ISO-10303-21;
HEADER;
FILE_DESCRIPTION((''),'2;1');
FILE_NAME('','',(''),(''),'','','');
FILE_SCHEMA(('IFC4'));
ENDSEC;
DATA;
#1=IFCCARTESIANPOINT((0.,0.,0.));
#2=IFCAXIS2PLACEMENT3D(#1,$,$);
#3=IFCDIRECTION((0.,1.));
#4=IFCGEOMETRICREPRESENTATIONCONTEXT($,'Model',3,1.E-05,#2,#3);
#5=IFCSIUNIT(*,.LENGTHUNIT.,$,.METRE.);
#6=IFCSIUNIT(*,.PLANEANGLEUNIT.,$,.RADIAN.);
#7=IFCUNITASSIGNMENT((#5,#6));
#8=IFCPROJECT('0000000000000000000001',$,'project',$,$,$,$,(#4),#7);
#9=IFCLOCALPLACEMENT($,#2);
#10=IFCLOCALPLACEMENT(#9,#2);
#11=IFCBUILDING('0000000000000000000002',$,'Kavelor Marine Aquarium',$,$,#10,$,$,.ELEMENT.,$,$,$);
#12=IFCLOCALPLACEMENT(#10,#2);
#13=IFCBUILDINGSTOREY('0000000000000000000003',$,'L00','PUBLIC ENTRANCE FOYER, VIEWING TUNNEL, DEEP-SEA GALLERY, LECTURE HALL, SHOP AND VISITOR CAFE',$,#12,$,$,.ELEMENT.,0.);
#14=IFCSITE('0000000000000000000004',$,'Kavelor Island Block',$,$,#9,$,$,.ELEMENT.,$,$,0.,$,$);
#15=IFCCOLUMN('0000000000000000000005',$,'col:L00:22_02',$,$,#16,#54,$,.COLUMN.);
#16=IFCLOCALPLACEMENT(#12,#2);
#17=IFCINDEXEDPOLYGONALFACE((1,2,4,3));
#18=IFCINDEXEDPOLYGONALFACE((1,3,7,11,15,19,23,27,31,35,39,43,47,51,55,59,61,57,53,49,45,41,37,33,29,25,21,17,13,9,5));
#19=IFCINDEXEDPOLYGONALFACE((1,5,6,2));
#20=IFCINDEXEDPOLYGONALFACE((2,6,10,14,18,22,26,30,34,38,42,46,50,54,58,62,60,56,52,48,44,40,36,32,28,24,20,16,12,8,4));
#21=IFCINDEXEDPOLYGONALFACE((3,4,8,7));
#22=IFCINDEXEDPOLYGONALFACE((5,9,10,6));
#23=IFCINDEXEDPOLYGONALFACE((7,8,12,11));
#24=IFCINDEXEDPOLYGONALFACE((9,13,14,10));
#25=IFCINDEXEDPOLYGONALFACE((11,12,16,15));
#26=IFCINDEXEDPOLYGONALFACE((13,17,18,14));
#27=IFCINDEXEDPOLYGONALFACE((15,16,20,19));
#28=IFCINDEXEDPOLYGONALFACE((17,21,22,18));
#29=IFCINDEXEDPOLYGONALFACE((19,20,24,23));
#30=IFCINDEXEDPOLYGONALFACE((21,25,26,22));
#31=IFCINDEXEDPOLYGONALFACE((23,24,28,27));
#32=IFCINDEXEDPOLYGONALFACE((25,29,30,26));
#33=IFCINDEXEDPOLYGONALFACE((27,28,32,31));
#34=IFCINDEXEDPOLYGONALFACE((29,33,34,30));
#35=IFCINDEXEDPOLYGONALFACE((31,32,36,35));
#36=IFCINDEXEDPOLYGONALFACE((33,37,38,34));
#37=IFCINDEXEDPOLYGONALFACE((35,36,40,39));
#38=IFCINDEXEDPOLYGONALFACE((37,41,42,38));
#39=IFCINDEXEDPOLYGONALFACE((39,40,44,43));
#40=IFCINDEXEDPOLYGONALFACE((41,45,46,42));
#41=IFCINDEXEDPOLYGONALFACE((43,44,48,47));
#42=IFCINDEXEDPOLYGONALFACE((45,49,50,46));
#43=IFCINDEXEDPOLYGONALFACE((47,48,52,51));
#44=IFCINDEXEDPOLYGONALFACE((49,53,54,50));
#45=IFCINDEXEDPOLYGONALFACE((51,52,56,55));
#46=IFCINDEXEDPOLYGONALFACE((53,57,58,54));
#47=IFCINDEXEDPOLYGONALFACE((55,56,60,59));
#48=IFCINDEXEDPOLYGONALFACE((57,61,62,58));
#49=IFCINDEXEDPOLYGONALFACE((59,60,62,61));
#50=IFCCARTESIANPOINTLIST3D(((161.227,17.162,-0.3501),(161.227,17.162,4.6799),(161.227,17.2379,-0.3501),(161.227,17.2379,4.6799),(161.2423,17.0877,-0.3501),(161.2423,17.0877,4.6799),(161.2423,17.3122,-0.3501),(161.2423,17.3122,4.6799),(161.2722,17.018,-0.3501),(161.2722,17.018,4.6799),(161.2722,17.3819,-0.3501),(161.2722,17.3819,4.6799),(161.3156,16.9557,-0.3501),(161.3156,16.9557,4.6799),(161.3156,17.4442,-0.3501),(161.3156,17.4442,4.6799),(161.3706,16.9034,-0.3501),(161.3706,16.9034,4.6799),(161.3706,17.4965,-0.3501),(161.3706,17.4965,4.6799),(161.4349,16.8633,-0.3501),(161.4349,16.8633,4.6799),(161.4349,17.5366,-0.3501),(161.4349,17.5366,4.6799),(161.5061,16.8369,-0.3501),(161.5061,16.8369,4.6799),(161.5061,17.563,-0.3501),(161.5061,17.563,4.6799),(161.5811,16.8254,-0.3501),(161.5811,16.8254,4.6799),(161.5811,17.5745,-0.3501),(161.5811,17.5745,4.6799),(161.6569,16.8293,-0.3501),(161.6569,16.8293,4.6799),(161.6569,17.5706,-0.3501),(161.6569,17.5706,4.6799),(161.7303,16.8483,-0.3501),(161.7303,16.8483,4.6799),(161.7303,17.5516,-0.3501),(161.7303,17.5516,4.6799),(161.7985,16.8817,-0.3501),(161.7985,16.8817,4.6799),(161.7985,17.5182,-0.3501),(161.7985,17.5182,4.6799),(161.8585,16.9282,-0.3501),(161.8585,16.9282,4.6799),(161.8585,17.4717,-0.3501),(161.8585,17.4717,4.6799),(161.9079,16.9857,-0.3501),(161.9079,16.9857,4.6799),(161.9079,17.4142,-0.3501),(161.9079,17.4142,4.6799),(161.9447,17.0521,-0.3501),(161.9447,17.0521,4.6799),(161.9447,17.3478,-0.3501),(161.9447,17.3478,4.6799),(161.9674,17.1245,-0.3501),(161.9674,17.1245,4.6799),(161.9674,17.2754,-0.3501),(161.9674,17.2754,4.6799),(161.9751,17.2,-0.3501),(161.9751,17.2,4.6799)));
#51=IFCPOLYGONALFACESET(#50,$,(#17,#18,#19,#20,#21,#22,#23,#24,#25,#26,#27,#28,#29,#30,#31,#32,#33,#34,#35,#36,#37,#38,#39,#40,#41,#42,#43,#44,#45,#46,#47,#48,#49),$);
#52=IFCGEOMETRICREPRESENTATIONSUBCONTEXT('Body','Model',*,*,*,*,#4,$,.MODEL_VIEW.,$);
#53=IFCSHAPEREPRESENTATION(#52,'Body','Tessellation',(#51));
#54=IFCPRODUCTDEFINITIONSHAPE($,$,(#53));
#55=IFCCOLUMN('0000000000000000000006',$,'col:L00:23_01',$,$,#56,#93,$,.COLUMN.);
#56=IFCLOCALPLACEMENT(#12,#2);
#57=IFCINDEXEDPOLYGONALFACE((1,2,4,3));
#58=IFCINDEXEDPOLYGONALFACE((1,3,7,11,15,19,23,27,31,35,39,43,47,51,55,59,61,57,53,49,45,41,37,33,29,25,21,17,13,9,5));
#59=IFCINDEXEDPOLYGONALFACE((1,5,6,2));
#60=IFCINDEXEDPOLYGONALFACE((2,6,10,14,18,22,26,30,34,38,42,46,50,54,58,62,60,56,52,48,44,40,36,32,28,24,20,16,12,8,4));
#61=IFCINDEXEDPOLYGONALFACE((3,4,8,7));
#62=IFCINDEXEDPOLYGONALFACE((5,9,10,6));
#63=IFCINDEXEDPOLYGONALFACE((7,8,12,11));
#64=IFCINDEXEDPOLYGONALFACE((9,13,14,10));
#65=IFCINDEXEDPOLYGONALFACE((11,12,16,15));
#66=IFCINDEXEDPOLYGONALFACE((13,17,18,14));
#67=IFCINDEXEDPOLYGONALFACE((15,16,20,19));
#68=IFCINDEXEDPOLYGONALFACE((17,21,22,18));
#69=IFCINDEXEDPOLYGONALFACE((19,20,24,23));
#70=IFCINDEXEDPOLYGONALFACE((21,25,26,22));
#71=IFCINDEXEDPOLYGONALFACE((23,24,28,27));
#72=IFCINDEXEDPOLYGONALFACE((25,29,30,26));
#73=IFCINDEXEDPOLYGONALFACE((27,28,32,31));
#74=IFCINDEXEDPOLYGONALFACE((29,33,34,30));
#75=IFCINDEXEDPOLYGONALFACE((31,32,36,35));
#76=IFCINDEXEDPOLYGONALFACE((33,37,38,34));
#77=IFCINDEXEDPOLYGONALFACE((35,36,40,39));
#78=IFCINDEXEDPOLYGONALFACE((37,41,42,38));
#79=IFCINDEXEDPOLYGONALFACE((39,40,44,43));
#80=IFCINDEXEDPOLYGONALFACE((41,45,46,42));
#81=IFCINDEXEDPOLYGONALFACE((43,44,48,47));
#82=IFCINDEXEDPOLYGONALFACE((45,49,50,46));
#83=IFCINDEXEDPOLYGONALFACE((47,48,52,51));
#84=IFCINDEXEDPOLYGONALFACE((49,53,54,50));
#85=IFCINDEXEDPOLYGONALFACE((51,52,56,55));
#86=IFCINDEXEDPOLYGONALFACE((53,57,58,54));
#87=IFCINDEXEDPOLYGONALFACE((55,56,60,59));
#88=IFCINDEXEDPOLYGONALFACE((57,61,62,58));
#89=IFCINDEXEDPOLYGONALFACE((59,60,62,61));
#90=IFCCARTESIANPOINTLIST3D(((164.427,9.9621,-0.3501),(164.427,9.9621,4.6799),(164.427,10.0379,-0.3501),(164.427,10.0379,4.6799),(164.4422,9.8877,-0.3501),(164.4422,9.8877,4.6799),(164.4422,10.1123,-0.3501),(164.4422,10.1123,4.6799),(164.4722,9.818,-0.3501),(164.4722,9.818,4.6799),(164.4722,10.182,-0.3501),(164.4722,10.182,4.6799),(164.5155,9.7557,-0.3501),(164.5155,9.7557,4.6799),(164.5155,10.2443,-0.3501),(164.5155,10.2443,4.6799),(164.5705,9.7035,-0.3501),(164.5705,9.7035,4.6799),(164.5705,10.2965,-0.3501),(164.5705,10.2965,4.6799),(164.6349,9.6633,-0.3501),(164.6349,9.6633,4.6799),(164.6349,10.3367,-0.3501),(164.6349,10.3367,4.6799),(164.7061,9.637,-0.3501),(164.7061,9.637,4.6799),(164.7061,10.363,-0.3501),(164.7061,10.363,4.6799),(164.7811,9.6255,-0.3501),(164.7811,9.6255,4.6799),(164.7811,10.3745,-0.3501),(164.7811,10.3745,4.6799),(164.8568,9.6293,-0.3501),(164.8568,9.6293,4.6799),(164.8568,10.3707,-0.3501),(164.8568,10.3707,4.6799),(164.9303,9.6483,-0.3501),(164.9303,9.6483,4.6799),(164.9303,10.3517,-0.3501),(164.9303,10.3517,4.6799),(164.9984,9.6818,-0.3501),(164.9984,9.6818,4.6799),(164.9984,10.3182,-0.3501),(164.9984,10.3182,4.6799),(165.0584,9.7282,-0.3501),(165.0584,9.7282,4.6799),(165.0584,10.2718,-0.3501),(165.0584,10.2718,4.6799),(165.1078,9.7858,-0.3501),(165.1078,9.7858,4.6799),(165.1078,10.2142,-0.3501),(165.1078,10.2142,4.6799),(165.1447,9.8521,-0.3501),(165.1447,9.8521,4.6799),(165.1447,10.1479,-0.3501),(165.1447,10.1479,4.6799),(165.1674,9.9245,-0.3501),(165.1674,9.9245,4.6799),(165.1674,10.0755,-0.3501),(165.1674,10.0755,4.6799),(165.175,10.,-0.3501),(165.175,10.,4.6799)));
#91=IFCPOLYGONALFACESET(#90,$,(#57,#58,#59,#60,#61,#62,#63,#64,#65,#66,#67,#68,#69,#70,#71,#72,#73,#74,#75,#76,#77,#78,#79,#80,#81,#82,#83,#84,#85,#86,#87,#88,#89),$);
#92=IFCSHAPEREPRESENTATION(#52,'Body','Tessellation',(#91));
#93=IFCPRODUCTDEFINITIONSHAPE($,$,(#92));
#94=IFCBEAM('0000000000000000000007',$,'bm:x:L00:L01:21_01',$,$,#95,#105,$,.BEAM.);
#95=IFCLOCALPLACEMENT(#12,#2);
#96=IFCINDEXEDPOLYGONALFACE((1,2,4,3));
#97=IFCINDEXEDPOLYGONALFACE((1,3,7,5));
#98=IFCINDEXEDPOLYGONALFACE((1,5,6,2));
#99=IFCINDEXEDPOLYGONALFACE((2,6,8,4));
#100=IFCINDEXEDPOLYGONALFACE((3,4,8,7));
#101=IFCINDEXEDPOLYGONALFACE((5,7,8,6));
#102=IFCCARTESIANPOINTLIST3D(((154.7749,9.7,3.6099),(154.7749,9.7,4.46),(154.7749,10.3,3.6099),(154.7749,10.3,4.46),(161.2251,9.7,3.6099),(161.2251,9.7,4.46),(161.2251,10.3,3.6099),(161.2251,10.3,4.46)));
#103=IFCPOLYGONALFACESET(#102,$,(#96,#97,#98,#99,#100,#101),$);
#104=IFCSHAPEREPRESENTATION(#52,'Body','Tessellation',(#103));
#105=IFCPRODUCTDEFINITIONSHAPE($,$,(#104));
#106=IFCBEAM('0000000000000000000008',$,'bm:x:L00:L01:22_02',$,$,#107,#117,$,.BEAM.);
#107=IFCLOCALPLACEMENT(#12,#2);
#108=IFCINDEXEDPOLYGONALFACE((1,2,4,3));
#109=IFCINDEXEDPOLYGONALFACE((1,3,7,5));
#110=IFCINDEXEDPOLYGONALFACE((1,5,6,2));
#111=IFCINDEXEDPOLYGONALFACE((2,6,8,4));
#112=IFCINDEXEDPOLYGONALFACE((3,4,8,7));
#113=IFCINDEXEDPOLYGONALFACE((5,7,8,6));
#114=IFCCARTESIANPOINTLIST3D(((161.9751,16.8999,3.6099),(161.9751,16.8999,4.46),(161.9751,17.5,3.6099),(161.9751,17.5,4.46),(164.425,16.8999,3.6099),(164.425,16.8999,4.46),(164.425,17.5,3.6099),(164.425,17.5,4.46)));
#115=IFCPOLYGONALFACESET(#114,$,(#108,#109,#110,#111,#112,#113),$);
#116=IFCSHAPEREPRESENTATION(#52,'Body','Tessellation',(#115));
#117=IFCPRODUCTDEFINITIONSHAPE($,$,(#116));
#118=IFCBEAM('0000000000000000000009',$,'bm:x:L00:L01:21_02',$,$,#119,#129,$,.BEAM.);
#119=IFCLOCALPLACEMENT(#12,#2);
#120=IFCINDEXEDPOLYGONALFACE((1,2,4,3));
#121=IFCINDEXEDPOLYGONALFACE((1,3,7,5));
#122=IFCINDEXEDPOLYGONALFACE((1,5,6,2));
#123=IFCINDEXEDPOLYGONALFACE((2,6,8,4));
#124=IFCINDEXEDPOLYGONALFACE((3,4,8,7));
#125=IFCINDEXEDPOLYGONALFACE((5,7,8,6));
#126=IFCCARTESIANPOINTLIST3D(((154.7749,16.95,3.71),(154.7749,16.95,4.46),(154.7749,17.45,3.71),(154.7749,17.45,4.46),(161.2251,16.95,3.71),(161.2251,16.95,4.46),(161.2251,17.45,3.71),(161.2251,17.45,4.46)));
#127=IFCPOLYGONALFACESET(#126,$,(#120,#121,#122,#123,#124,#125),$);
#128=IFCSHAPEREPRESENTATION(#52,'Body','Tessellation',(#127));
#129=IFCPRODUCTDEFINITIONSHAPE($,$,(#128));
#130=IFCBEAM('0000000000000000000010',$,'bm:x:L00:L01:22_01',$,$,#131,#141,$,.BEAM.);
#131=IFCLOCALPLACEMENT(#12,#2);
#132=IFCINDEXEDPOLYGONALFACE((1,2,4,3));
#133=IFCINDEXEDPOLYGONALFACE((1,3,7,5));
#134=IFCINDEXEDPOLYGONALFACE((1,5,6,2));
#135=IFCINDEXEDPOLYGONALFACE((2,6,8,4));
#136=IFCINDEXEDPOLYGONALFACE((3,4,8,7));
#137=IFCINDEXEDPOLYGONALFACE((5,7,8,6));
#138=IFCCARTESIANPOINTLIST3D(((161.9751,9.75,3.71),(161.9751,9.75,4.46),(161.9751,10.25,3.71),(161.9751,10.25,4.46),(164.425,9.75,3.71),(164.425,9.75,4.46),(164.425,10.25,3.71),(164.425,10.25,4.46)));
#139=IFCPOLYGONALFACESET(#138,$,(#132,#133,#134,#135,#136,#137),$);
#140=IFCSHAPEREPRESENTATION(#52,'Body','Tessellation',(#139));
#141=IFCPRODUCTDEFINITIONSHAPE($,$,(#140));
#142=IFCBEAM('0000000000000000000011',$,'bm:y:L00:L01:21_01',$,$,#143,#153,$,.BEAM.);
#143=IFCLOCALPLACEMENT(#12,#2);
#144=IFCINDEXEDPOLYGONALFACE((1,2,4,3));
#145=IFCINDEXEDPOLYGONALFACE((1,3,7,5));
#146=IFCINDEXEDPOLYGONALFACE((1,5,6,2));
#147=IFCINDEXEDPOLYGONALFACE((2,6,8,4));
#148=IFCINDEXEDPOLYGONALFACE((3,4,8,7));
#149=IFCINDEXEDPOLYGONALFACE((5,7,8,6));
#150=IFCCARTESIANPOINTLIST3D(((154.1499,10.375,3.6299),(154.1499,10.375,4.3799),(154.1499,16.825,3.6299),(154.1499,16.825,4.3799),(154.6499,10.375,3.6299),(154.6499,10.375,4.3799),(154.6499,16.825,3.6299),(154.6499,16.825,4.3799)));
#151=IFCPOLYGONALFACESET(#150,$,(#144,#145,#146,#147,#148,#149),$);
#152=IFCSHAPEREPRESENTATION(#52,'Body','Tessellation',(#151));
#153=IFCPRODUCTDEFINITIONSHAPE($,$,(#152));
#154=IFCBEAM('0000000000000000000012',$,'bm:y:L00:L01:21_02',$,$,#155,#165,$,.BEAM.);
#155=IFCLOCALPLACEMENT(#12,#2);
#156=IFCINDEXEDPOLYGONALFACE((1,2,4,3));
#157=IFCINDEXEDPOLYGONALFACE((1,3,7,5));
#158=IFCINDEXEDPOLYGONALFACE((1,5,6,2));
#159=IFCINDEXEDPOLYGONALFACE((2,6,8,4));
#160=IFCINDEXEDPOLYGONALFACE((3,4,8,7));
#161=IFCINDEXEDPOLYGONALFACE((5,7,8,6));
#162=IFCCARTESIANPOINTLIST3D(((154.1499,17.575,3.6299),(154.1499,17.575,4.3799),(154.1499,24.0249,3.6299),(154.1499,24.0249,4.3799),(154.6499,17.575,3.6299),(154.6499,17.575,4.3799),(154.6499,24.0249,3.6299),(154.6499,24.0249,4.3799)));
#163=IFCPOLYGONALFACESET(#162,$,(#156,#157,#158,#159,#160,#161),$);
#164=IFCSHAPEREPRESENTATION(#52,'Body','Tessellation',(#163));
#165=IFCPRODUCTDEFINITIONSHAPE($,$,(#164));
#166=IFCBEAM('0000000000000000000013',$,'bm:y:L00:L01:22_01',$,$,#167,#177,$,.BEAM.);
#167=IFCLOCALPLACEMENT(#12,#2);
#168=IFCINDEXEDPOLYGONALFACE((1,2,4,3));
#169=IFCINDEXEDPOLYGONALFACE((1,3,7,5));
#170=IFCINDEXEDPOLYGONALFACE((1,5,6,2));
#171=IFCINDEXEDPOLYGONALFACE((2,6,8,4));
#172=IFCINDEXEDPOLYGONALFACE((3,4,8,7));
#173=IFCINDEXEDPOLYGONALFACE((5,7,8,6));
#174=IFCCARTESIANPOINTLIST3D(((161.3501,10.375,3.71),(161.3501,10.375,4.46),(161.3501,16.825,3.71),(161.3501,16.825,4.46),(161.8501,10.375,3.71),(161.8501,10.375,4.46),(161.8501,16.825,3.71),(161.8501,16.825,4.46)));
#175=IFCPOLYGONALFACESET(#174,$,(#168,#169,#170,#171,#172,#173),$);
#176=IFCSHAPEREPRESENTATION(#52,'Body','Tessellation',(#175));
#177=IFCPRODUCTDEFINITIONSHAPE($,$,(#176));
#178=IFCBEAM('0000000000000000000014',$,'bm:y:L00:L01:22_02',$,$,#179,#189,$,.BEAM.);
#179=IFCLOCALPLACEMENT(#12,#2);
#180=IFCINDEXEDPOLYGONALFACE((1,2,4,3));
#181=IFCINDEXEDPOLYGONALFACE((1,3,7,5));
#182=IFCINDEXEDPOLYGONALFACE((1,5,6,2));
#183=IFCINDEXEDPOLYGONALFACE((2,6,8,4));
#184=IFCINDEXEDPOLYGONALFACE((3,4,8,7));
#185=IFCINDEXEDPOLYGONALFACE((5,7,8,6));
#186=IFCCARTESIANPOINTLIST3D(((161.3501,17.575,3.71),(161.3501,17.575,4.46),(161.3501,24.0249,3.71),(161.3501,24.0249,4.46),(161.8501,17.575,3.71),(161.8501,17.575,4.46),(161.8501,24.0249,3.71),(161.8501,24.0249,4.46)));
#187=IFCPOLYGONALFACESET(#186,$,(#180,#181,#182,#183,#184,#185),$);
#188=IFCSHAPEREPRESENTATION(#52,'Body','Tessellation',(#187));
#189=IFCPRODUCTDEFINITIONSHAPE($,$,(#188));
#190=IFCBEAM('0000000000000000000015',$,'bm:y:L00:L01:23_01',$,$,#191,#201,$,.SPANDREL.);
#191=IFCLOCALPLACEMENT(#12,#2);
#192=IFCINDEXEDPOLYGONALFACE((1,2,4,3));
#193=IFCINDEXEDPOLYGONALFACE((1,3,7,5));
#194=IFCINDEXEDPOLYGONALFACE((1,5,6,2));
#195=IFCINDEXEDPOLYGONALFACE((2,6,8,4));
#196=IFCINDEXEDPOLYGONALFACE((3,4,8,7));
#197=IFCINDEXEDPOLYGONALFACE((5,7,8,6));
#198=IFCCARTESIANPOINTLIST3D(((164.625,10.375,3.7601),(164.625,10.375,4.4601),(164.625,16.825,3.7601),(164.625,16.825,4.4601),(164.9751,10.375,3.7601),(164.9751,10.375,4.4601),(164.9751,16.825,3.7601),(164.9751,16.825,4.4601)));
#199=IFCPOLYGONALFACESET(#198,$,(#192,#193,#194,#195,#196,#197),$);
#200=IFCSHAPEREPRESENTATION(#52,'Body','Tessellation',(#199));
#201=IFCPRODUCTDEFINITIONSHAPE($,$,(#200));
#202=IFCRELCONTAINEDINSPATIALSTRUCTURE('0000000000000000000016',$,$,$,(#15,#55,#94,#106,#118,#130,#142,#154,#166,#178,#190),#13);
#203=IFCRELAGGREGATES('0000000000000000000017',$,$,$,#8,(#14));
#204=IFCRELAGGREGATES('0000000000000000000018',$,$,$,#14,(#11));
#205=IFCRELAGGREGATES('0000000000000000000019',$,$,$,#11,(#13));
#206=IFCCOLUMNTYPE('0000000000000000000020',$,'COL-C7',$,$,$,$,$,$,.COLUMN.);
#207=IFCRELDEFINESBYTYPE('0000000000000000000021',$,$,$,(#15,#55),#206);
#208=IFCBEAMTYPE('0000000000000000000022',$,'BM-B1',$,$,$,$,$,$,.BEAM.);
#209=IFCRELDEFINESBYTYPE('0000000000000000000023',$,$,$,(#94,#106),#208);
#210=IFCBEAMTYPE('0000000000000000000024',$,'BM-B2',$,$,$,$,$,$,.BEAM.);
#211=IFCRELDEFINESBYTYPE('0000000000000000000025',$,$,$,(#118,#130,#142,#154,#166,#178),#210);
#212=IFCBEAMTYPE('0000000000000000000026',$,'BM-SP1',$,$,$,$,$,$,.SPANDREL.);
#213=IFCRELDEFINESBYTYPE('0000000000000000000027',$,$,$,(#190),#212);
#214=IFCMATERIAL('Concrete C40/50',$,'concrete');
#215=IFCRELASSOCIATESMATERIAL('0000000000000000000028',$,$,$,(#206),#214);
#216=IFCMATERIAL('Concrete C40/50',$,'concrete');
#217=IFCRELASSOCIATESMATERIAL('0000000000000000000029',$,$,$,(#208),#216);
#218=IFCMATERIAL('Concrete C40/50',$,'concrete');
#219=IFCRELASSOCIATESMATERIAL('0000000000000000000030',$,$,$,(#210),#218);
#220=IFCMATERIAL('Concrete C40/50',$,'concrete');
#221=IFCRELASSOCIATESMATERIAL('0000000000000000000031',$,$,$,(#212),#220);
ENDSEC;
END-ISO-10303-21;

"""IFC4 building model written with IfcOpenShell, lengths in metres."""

from ifc_helpers import new_model, si_unit, direction, frame, origin, origin_2d, place, context, subcontext, project, spatial, rectangle, circle, extrude, material, material_profile, profile_set, type_object, element, save


model = new_model("IFC4")

# Units and contexts
model_context = context("Model", 3, precision=1e-05, world=origin(), true_north=direction((0.0, 1.0)))
body_context = subcontext(model_context, "Body", "Model", "MODEL_VIEW")
ifc_project = project(units=[si_unit("LENGTHUNIT", "METRE"), si_unit("PLANEANGLEUNIT", "RADIAN")], contexts=[model_context])

# Site, building, storey
site_placement = place(None, origin())
site = spatial("IfcSite", under=ifc_project, at=site_placement, Name="Kavelor Island Block", CompositionType="ELEMENT", RefElevation=0.0)
building_placement = place(site_placement, origin())
building = spatial("IfcBuilding", under=site, at=building_placement, Name="Kavelor Marine Aquarium", CompositionType="ELEMENT")
storey_placement = place(building_placement, origin())
storey = spatial("IfcBuildingStorey", under=building, at=storey_placement, Name="L00", Description="PUBLIC ENTRANCE FOYER, VIEWING TUNNEL, DEEP-SEA GALLERY, LECTURE HALL, SHOP AND VISITOR CAFE", CompositionType="ELEMENT", Elevation=0.0)

# Columns
ifc_material_1 = material(Name="Concrete C40/50", Category="concrete")
ifc_material_profile_1 = material_profile(ifc_material_1, circle(Radius=0.375, at=origin_2d()), Name="RC-COL D750")
ifc_profile_set_1 = profile_set([ifc_material_profile_1], Name="Concrete C40/50")
column_type = type_object("IfcColumnType", Name="COL-C7", PredefinedType="COLUMN", material=ifc_profile_set_1)
for number, where, z_axis, x_axis, name in (
    (1, (161.6001, 17.2, -0.3501), (0.0, 0.0, 1.0), (1.0, 0.0, 0.0), "col:L00:22_02"),
    (2, (164.8, 10.0, -0.3501), (0.0, 0.0, 1.0), (1.0, 0.0, 0.0), "col:L00:23_01"),
):
    element("IfcColumn", number, at=place(storey_placement, frame(where, z_axis=z_axis, x_axis=x_axis)), inside=storey, type_object=column_type, Name=name, PredefinedType="COLUMN", context=body_context, shape_type="SweptSolid", body=[
        extrude(circle(Radius=0.375, at=origin_2d()), origin(), (0.0, 0.0, 1.0), 5.03),
    ])

# Beams
ifc_material_2 = material(Name="Concrete C40/50", Category="concrete")
ifc_material_profile_2 = material_profile(ifc_material_2, rectangle(XDim=0.6001, YDim=0.8501, at=origin_2d()), Name="RC-BM 600x850")
ifc_profile_set_2 = profile_set([ifc_material_profile_2], Name="Concrete C40/50")
beam_type_1 = type_object("IfcBeamType", Name="BM-B1", PredefinedType="BEAM", material=ifc_profile_set_2)
beam_1_placement = place(storey_placement, frame((154.7749, 10.0, 4.0349), z_axis=(1.0, 0.0, 0.0), x_axis=(0.0, 1.0, 0.0)))
element("IfcBeam", 3, at=beam_1_placement, inside=storey, type_object=beam_type_1, Name="bm:x:L00:L01:21_01", PredefinedType="BEAM", context=body_context, shape_type="SweptSolid", body=[
    extrude(rectangle(XDim=0.6001, YDim=0.8501, at=origin_2d()), origin(), (0.0, 0.0, 1.0), 6.4502),
])
beam_2_placement = place(storey_placement, frame((161.9751, 17.2, 4.0349), z_axis=(1.0, 0.0, 0.0), x_axis=(0.0, 1.0, 0.0)))
element("IfcBeam", 4, at=beam_2_placement, inside=storey, type_object=beam_type_1, Name="bm:x:L00:L01:22_02", PredefinedType="BEAM", context=body_context, shape_type="SweptSolid", body=[
    extrude(rectangle(XDim=0.6001, YDim=0.8501, at=origin_2d()), origin(), (0.0, 0.0, 1.0), 2.45),
])
ifc_material_3 = material(Name="Concrete C40/50", Category="concrete")
ifc_material_profile_3 = material_profile(ifc_material_3, rectangle(XDim=0.5, YDim=0.75, at=origin_2d()), Name="RC-BM 500x750")
ifc_profile_set_3 = profile_set([ifc_material_profile_3], Name="Concrete C40/50")
beam_type_2 = type_object("IfcBeamType", Name="BM-B2", PredefinedType="BEAM", material=ifc_profile_set_3)
beam_3_placement = place(storey_placement, frame((154.7749, 17.2, 4.085), z_axis=(1.0, 0.0, 0.0), x_axis=(0.0, 1.0, 0.0)))
element("IfcBeam", 5, at=beam_3_placement, inside=storey, type_object=beam_type_2, Name="bm:x:L00:L01:21_02", PredefinedType="BEAM", context=body_context, shape_type="SweptSolid", body=[
    extrude(rectangle(XDim=0.5, YDim=0.75, at=origin_2d()), origin(), (0.0, 0.0, 1.0), 6.4502),
])
beam_4_placement = place(storey_placement, frame((161.9751, 10.0, 4.085), z_axis=(1.0, 0.0, 0.0), x_axis=(0.0, 1.0, 0.0)))
element("IfcBeam", 6, at=beam_4_placement, inside=storey, type_object=beam_type_2, Name="bm:x:L00:L01:22_01", PredefinedType="BEAM", context=body_context, shape_type="SweptSolid", body=[
    extrude(rectangle(XDim=0.5, YDim=0.75, at=origin_2d()), origin(), (0.0, 0.0, 1.0), 2.45),
])
for number, where, z_axis, x_axis, name in (
    (7, (154.3999, 10.375, 4.0049), (0.0, 1.0, 0.0), (-1.0, 0.0, 0.0), "bm:y:L00:L01:21_01"),
    (8, (154.3999, 17.575, 4.0049), (0.0, 1.0, 0.0), (-1.0, 0.0, 0.0), "bm:y:L00:L01:21_02"),
    (9, (161.6001, 10.375, 4.085), (0.0, 1.0, 0.0), (-1.0, 0.0, 0.0), "bm:y:L00:L01:22_01"),
    (10, (161.6001, 17.575, 4.085), (0.0, 1.0, 0.0), (-1.0, 0.0, 0.0), "bm:y:L00:L01:22_02"),
):
    element("IfcBeam", number, at=place(storey_placement, frame(where, z_axis=z_axis, x_axis=x_axis)), inside=storey, type_object=beam_type_2, Name=name, PredefinedType="BEAM", context=body_context, shape_type="SweptSolid", body=[
        extrude(rectangle(XDim=0.5, YDim=0.75, at=origin_2d()), origin(), (0.0, 0.0, 1.0), 6.45),
    ])
ifc_material_4 = material(Name="Concrete C40/50", Category="concrete")
ifc_material_profile_4 = material_profile(ifc_material_4, rectangle(XDim=0.3501, YDim=0.7, at=origin_2d()), Name="RC-SP 350x700")
ifc_profile_set_4 = profile_set([ifc_material_profile_4], Name="Concrete C40/50")
beam_type_3 = type_object("IfcBeamType", Name="BM-SP1", PredefinedType="SPANDREL", material=ifc_profile_set_4)
beam_5_placement = place(storey_placement, frame((164.8, 10.375, 4.1101), z_axis=(0.0, 1.0, 0.0), x_axis=(-1.0, 0.0, 0.0)))
element("IfcBeam", 11, at=beam_5_placement, inside=storey, type_object=beam_type_3, Name="bm:y:L00:L01:23_01", PredefinedType="SPANDREL", context=body_context, shape_type="SweptSolid", body=[
    extrude(rectangle(XDim=0.3501, YDim=0.7, at=origin_2d()), origin(), (0.0, 0.0, 1.0), 6.45),
])

save(model, "model.ifc")
